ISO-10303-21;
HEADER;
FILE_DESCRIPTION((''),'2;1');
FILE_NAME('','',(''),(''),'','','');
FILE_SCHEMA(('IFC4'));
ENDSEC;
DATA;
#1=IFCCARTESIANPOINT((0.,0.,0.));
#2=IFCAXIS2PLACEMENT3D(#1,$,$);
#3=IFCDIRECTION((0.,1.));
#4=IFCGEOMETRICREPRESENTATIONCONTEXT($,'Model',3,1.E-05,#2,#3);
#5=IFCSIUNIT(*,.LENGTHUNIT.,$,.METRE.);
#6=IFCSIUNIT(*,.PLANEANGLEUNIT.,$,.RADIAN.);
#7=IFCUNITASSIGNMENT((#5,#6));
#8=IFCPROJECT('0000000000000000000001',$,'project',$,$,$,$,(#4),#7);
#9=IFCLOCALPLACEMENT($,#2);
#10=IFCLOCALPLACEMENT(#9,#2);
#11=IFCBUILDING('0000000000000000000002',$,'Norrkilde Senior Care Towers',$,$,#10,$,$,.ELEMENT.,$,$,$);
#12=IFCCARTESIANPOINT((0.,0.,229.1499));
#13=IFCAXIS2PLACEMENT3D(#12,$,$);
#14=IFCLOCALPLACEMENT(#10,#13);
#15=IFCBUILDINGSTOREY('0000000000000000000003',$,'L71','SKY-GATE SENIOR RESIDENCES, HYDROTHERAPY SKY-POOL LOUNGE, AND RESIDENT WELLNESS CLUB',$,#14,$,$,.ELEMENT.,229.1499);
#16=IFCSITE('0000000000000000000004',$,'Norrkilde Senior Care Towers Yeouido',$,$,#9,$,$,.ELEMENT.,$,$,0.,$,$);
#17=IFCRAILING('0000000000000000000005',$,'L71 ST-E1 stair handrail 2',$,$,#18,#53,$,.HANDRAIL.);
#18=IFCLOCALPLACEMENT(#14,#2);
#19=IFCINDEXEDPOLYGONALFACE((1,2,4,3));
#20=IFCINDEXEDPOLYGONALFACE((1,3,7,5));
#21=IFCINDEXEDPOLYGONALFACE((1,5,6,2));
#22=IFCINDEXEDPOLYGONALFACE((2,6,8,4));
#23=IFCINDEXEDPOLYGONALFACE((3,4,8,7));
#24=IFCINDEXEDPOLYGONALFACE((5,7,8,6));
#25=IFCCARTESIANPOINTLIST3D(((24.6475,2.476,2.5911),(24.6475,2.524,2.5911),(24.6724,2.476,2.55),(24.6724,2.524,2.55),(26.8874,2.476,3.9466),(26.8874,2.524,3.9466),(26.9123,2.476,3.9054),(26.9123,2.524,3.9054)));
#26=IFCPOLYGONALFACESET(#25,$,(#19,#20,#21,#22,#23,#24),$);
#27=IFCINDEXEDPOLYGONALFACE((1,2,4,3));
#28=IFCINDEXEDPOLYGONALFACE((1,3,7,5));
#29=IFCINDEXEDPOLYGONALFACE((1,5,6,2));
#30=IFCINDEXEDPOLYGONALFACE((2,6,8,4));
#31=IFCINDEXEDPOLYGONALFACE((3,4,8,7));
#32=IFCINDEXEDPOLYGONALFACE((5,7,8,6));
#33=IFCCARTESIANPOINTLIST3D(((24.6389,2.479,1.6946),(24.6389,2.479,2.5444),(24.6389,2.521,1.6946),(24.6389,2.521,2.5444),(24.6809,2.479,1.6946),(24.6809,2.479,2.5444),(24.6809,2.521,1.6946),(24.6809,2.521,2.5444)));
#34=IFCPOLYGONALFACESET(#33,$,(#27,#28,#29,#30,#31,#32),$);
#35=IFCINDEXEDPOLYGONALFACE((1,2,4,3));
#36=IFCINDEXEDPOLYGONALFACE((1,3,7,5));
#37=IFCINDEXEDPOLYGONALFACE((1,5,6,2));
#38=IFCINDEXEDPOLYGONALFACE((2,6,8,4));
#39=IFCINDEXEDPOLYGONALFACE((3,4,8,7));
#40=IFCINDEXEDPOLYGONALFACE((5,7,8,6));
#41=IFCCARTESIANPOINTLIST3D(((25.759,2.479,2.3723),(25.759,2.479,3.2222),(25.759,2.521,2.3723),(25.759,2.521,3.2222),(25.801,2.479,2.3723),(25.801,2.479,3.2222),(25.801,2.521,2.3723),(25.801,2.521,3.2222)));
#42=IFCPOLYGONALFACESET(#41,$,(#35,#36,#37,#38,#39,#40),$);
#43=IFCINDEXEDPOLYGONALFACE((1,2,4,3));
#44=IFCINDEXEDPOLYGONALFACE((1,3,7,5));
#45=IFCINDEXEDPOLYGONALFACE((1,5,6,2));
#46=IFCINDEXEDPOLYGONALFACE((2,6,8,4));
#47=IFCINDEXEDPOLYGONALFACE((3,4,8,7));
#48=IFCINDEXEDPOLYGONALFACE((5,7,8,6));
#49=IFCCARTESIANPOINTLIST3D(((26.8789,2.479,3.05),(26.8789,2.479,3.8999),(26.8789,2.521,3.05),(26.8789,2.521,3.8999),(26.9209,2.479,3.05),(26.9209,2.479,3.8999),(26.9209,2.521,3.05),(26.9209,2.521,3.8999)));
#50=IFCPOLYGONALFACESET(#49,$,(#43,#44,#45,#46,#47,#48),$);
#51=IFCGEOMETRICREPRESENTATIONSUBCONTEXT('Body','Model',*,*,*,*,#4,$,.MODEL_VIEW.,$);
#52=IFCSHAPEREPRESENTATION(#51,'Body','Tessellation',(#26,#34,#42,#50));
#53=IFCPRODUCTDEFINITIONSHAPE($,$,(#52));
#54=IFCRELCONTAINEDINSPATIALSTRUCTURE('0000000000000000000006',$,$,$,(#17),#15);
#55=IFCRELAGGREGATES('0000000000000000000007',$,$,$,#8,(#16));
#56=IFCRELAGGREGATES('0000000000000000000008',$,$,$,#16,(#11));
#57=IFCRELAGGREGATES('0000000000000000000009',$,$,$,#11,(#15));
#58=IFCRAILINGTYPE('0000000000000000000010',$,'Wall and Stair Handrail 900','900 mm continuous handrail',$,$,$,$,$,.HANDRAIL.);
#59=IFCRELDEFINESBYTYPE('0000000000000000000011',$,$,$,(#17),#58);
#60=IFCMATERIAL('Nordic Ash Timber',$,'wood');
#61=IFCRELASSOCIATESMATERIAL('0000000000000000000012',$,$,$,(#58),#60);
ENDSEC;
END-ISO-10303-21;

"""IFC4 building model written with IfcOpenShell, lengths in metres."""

from ifc_helpers import new_model, si_unit, direction, frame, origin, origin_2d, place, context, subcontext, project, spatial, rectangle, extrude, material, type_object, element, save


model = new_model("IFC4")

# Units and contexts
model_context = context("Model", 3, precision=1e-05, world=origin(), true_north=direction((0.0, 1.0)))
body_context = subcontext(model_context, "Body", "Model", "MODEL_VIEW")
ifc_project = project(units=[si_unit("LENGTHUNIT", "METRE"), si_unit("PLANEANGLEUNIT", "RADIAN")], contexts=[model_context])

# Site, building, storey
site_placement = place(None, origin())
site = spatial("IfcSite", under=ifc_project, at=site_placement, Name="Norrkilde Senior Care Towers Yeouido", CompositionType="ELEMENT", RefElevation=0.0)
building_placement = place(site_placement, origin())
building = spatial("IfcBuilding", under=site, at=building_placement, Name="Norrkilde Senior Care Towers", CompositionType="ELEMENT")
storey_placement = place(building_placement, frame((0.0, 0.0, 229.1499)))
storey = spatial("IfcBuildingStorey", under=building, at=storey_placement, Name="L71", Description="SKY-GATE SENIOR RESIDENCES, HYDROTHERAPY SKY-POOL LOUNGE, AND RESIDENT WELLNESS CLUB", CompositionType="ELEMENT", Elevation=229.1499)

# Railing
ifc_material_1 = material(Name="Nordic Ash Timber", Category="wood")
railing_type_1 = type_object("IfcRailingType", Name="Wall and Stair Handrail 900", Description="900 mm continuous handrail", PredefinedType="HANDRAIL", material=ifc_material_1)
railing_1_placement = place(storey_placement, frame((24.6599, 2.5, 1.6946)))
element("IfcRailing", 1, at=railing_1_placement, inside=storey, type_object=railing_type_1, Name="L71 ST-E1 stair handrail 2", PredefinedType="HANDRAIL", context=body_context, shape_type="SweptSolid", body=[
    extrude(rectangle(XDim=0.0481, YDim=0.0481, at=origin_2d()), frame((0.0, 0.0, 0.876), z_axis=(0.855553, 0.0, 0.517715), x_axis=(0.0, 1.0, 0.0)), (0.0, 0.0, 1.0), 2.6182),
    extrude(rectangle(XDim=0.042, YDim=0.042, at=origin_2d()), origin(), (0.0, 0.0, 1.0), 0.8499),
    extrude(rectangle(XDim=0.042, YDim=0.042, at=origin_2d()), frame((1.1201, 0.0, 0.6777)), (0.0, 0.0, 1.0), 0.8499),
    extrude(rectangle(XDim=0.042, YDim=0.042, at=origin_2d()), frame((2.24, 0.0, 1.3555)), (0.0, 0.0, 1.0), 0.8499),
])

save(model, "model.ifc")
